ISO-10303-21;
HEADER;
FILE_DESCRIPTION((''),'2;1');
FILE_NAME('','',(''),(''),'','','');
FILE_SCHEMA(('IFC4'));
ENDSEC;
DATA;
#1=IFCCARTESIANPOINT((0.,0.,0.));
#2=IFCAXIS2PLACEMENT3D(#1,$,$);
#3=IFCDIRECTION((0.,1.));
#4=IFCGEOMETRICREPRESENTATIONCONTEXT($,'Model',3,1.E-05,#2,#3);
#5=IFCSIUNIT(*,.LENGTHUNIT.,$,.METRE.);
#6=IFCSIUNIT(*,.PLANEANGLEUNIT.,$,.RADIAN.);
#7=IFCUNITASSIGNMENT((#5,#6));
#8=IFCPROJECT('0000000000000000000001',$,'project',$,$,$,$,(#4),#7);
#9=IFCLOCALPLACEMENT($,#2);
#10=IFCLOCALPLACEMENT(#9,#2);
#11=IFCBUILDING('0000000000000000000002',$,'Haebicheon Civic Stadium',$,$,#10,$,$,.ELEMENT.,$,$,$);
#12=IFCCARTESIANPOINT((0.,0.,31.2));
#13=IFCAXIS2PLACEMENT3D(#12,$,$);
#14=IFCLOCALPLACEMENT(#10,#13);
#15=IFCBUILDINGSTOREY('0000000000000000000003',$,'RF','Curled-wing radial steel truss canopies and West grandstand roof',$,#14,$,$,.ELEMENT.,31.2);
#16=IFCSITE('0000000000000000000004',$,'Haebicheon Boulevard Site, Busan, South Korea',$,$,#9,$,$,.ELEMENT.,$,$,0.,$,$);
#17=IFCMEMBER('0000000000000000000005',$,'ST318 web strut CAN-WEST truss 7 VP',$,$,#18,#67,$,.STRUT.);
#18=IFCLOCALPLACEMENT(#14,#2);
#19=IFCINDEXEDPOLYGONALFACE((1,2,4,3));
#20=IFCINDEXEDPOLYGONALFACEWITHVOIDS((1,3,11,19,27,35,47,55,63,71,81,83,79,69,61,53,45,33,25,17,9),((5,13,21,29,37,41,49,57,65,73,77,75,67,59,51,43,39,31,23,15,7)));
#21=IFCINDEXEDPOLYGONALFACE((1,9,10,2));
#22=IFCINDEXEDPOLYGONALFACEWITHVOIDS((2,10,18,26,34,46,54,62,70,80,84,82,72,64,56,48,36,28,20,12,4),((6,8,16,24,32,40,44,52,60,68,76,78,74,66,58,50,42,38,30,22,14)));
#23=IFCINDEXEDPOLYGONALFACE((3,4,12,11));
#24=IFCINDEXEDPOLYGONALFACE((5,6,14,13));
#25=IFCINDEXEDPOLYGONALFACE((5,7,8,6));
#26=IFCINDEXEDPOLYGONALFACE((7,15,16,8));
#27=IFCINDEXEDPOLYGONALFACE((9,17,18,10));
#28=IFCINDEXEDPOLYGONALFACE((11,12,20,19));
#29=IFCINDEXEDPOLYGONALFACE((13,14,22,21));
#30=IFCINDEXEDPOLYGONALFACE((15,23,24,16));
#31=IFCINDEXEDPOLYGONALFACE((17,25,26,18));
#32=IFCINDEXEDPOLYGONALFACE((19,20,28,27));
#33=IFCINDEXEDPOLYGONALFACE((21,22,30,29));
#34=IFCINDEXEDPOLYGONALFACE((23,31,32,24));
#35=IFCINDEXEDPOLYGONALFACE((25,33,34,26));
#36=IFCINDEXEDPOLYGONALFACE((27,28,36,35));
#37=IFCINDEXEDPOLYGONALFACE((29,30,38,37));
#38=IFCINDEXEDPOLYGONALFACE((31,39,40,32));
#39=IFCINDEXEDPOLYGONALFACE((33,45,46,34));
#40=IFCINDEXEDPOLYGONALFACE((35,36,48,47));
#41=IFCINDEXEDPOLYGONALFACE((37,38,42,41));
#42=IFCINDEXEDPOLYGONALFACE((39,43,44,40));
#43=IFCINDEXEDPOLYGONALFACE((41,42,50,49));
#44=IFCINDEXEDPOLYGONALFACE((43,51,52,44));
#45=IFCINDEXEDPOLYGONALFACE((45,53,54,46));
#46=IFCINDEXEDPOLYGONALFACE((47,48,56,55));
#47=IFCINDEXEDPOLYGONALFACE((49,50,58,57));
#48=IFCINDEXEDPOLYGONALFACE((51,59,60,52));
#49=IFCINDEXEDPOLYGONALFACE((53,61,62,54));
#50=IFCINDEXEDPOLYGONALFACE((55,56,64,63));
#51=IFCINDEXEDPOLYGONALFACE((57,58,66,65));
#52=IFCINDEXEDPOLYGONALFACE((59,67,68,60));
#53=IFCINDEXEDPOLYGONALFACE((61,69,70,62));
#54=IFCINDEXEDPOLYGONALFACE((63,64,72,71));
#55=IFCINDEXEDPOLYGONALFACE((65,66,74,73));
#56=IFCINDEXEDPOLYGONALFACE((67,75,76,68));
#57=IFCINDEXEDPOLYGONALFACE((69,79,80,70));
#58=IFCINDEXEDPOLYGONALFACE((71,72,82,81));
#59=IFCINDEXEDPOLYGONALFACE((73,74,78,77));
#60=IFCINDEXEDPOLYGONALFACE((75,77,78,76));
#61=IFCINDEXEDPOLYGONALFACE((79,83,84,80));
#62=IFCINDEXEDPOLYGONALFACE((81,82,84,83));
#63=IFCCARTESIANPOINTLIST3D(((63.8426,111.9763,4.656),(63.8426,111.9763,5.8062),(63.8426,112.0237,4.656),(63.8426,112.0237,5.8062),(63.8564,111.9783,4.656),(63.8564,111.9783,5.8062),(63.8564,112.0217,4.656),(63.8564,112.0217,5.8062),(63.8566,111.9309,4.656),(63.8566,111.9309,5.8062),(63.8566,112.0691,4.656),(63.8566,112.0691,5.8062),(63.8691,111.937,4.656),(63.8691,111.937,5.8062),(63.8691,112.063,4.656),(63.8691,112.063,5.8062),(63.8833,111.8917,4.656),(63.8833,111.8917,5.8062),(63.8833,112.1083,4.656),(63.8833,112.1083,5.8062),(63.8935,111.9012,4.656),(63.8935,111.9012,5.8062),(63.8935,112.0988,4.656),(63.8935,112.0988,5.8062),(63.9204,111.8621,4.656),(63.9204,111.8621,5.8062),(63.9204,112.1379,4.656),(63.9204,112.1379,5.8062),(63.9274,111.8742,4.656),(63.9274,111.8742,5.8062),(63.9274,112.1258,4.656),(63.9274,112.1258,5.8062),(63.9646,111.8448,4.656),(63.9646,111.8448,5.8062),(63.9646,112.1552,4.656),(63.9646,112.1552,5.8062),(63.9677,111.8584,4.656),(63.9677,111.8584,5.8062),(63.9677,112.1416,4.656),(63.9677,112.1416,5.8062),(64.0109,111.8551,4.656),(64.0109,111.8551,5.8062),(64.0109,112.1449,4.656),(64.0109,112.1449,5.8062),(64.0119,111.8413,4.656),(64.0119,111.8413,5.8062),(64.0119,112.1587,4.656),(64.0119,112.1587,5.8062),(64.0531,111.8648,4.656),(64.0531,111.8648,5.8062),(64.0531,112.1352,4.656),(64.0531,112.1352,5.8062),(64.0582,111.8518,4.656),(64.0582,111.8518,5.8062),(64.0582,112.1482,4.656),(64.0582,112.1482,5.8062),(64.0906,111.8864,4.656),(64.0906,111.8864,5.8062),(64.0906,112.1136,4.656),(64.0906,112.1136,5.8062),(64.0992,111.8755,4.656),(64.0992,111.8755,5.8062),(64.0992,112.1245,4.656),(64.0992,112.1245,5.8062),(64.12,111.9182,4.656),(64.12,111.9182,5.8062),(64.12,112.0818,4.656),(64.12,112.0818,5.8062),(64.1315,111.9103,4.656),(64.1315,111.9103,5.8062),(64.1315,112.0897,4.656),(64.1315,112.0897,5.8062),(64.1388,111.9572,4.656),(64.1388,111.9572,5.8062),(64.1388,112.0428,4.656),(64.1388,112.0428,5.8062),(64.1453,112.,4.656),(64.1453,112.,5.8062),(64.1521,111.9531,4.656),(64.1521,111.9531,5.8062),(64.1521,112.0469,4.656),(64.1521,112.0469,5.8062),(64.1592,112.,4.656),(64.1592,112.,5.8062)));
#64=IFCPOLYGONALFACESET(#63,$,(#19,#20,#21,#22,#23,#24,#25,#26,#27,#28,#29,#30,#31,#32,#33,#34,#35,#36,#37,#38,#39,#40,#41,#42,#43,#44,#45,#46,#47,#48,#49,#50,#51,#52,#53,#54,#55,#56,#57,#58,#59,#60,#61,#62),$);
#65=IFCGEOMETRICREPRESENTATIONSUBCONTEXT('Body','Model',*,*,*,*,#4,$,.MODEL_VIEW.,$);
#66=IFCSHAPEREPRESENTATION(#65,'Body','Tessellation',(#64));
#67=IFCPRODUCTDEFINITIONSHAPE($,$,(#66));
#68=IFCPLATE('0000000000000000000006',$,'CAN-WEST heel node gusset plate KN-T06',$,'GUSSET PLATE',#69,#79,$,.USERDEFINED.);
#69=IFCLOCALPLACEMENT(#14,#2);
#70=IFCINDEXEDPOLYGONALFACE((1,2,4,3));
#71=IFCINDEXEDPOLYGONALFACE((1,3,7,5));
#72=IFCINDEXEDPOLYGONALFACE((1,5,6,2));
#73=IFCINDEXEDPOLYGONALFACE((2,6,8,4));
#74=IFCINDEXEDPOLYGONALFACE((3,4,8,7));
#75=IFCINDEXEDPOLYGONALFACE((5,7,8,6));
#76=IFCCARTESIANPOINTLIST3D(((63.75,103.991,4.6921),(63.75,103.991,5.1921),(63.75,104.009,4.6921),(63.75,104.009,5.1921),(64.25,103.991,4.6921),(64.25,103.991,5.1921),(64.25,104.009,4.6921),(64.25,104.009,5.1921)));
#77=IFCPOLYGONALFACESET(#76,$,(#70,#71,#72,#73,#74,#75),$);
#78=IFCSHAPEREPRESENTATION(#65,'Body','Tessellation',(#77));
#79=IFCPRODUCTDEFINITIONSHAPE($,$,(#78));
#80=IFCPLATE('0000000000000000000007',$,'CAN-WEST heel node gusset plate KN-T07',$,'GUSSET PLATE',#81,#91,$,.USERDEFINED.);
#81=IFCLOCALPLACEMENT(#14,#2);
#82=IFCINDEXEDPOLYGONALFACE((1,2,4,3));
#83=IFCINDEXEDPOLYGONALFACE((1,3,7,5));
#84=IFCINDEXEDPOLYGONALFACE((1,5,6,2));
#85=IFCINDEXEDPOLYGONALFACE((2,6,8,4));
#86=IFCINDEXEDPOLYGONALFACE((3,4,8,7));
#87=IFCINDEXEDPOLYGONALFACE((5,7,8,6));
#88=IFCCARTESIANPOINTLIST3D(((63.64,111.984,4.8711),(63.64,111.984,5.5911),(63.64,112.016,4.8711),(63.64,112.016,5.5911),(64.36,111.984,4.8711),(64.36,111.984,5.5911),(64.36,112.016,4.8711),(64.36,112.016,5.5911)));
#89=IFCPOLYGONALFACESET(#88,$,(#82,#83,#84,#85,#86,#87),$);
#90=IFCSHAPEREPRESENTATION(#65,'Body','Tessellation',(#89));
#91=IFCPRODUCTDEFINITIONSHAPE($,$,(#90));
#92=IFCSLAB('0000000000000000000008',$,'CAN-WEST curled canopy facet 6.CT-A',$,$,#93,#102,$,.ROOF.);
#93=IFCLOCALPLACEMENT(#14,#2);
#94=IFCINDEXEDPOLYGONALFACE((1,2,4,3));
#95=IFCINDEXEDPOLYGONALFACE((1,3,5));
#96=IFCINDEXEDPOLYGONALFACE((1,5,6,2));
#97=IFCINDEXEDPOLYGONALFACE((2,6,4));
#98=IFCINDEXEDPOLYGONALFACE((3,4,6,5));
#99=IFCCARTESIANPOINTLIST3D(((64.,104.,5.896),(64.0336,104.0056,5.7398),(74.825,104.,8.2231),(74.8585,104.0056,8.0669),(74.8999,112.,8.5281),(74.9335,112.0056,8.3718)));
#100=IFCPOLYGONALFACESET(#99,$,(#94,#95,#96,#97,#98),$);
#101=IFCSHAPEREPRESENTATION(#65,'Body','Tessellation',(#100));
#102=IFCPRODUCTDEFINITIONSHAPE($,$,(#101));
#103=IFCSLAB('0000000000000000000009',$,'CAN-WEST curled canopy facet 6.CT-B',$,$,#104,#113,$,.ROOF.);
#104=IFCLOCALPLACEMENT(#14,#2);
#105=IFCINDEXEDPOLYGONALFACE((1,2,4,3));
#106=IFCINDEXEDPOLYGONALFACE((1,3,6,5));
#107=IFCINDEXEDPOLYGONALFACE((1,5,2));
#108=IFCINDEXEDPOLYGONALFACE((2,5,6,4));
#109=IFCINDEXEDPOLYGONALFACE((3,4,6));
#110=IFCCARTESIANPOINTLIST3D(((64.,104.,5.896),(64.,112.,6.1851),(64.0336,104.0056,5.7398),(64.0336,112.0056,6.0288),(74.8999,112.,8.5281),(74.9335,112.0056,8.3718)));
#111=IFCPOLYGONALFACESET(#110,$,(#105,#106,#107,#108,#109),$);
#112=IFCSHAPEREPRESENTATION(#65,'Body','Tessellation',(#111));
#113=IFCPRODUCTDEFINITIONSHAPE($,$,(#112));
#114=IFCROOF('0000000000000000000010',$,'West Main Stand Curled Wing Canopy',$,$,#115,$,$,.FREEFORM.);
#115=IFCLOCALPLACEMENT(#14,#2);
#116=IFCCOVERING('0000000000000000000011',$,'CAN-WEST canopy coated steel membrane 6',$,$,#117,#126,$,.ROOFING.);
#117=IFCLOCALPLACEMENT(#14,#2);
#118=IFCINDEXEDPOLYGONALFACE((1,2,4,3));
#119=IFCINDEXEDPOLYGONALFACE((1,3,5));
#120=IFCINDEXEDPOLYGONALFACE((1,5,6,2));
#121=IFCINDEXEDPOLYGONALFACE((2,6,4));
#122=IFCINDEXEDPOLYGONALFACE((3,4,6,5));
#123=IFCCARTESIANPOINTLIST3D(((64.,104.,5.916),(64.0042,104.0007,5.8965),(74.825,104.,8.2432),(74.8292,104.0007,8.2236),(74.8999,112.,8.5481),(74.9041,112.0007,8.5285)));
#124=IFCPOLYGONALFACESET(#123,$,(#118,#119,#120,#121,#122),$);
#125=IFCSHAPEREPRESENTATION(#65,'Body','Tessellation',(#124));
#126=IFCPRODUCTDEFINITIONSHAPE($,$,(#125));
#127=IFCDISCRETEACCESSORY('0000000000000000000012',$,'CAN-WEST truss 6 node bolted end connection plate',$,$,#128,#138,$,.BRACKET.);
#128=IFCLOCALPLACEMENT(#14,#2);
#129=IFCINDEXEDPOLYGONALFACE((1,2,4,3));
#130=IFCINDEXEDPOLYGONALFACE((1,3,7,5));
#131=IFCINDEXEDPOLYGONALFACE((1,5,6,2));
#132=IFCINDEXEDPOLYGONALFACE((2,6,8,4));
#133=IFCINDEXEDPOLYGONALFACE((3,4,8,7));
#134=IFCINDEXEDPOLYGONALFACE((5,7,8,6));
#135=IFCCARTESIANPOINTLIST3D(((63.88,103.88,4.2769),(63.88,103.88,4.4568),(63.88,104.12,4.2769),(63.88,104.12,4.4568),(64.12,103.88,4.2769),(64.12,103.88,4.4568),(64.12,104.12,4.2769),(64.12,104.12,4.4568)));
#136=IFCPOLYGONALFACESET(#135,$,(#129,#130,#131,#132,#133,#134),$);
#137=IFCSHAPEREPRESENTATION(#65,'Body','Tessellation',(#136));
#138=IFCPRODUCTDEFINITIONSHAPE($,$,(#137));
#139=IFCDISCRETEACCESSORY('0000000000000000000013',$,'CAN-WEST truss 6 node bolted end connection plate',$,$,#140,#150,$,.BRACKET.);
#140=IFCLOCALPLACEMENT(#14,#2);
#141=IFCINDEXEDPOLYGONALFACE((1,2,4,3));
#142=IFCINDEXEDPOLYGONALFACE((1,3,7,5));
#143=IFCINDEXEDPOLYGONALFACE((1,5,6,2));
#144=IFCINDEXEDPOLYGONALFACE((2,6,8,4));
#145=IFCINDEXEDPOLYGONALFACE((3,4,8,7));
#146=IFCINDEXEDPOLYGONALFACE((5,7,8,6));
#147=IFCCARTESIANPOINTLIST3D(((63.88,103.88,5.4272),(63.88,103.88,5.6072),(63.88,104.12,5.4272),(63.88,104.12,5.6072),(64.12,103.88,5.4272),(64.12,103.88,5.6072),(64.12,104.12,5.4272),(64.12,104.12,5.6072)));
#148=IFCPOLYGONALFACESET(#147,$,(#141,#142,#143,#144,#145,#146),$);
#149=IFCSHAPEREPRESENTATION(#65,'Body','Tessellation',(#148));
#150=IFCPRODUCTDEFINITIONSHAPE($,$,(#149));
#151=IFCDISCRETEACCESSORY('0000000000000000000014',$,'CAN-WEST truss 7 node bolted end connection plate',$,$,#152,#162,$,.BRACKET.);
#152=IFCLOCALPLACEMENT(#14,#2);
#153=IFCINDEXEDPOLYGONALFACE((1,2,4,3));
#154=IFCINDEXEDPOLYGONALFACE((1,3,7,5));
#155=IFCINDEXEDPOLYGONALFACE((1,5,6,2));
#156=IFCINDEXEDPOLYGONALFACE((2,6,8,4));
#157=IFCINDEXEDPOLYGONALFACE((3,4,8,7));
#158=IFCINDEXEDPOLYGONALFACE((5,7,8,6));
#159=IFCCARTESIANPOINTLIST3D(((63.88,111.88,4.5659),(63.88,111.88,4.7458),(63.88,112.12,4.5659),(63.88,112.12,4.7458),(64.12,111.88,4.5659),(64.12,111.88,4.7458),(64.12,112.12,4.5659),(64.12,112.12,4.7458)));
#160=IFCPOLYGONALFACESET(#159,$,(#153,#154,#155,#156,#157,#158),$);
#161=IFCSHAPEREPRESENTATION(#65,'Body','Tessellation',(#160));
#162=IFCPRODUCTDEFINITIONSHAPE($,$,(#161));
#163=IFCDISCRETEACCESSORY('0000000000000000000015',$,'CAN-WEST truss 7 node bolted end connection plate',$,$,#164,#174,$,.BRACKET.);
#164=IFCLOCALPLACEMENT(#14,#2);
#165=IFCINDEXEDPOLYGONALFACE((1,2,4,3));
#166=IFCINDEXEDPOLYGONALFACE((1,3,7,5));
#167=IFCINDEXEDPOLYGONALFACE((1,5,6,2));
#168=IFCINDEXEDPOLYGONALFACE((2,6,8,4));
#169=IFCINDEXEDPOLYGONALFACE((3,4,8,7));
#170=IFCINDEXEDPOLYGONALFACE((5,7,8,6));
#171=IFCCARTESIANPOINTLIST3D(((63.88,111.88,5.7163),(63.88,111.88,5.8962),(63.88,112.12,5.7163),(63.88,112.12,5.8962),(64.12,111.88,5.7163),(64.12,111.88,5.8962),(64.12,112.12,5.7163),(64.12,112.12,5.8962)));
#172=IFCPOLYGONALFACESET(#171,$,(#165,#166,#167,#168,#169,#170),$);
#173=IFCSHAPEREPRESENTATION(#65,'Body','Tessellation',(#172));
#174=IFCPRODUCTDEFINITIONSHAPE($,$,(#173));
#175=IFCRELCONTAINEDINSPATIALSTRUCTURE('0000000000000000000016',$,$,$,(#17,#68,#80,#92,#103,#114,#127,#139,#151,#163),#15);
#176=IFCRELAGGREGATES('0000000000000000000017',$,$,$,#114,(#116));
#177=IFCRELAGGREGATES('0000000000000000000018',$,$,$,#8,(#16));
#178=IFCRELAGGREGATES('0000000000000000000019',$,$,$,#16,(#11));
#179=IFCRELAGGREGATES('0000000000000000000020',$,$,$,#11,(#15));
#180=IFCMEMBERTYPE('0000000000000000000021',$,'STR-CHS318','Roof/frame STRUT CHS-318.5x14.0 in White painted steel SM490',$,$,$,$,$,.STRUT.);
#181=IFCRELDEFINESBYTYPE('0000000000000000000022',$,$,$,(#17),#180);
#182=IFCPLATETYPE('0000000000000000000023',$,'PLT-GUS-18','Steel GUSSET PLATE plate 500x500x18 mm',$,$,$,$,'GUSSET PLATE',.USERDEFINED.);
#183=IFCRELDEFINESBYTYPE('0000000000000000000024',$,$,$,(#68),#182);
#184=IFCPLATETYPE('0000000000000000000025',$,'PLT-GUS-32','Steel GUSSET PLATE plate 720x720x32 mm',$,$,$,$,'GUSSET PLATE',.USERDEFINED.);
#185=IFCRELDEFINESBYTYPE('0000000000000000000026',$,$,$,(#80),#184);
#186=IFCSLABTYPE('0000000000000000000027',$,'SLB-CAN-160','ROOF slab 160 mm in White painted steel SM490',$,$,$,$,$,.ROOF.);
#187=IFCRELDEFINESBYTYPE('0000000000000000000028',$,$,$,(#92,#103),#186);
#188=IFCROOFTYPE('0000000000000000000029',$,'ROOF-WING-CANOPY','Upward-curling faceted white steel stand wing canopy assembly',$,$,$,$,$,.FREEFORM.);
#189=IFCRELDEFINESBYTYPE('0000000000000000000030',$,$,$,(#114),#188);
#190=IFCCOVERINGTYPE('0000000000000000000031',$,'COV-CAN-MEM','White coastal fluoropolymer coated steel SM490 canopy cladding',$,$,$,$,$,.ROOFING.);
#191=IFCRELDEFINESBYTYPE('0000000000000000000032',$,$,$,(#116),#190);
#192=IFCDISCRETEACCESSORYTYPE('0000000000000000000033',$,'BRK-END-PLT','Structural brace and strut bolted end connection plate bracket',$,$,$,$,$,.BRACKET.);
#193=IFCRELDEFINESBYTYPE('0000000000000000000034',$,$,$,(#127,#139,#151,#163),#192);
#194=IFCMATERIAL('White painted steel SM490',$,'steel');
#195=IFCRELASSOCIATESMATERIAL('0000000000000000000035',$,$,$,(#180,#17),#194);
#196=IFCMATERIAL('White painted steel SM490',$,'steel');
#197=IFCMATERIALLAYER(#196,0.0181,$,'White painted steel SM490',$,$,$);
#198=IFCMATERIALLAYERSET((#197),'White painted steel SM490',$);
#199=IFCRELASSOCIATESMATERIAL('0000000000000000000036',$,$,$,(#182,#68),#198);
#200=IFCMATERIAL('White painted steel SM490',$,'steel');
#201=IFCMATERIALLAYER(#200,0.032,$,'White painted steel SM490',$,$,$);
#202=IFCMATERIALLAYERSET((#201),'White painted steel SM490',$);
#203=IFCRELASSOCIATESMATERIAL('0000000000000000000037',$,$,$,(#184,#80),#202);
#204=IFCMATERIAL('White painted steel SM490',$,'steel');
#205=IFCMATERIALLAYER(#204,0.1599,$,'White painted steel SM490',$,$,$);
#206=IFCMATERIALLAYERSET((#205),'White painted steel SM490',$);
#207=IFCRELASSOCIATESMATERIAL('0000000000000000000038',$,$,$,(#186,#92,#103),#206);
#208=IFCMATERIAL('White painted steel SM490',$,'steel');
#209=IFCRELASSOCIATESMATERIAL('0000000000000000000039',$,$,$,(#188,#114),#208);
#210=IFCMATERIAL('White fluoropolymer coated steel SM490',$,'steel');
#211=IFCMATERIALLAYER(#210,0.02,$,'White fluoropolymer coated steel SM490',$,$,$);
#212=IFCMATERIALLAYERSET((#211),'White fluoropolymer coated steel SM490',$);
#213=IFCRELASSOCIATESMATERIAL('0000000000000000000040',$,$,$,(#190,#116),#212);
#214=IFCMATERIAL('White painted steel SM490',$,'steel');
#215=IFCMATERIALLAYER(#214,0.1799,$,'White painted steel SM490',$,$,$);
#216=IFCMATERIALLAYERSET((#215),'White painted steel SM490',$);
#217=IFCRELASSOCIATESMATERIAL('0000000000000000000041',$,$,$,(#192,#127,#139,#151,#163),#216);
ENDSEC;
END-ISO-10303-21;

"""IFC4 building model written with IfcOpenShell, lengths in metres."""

from ifc_helpers import new_model, si_unit, direction, frame, origin, origin_2d, place, context, subcontext, project, spatial, polyline, rectangle, hollow_circle, outline, extrude, material, layer, layer_set, material_profile, profile_set, type_object, element, aggregate, save


model = new_model("IFC4")

# Units and contexts
model_context = context("Model", 3, precision=1e-05, world=origin(), true_north=direction((0.0, 1.0)))
body_context = subcontext(model_context, "Body", "Model", "MODEL_VIEW")
ifc_project = project(units=[si_unit("LENGTHUNIT", "METRE"), si_unit("PLANEANGLEUNIT", "RADIAN")], contexts=[model_context])

# Site, building, storey
site_placement = place(None, origin())
site = spatial("IfcSite", under=ifc_project, at=site_placement, Name="Haebicheon Boulevard Site, Busan, South Korea", CompositionType="ELEMENT", RefElevation=0.0)
building_placement = place(site_placement, origin())
building = spatial("IfcBuilding", under=site, at=building_placement, Name="Haebicheon Civic Stadium", CompositionType="ELEMENT")
storey_placement = place(building_placement, frame((0.0, 0.0, 31.2)))
storey = spatial("IfcBuildingStorey", under=building, at=storey_placement, Name="RF", Description="Curled-wing radial steel truss canopies and West grandstand roof", CompositionType="ELEMENT", Elevation=31.2)

# Member
ifc_material_1 = material(Name="White painted steel SM490", Category="steel")
ifc_material_profile_1 = material_profile(ifc_material_1, hollow_circle(Radius=0.1592, WallThickness=0.0139, at=origin_2d()), Name="CHS-318.5x14.0")
ifc_profile_set_1 = profile_set([ifc_material_profile_1], Name="White painted steel SM490")
member_type_1 = type_object("IfcMemberType", Name="STR-CHS318", Description="Roof/frame STRUT CHS-318.5x14.0 in White painted steel SM490", PredefinedType="STRUT", material=ifc_profile_set_1)
for number, where, z_axis, x_axis, name in (
    (1, (64.0, 112.0, 4.656), (0.0, 0.0, 1.0), (1.0, 0.0, 0.0), "ST318 web strut CAN-WEST truss 7 VP"),
):
    element("IfcMember", number, at=place(storey_placement, frame(where, z_axis=z_axis, x_axis=x_axis)), inside=storey, type_object=member_type_1, material=ifc_profile_set_1, Name=name, PredefinedType="STRUT", context=body_context, shape_type="SweptSolid", body=[
        extrude(hollow_circle(Radius=0.1592, WallThickness=0.0139, at=origin_2d()), origin(), (0.0, 0.0, 1.0), 1.1501),
    ])

# Plates
ifc_material_2 = material(Name="White painted steel SM490", Category="steel")
ifc_layer_1 = layer(ifc_material_2, 0.0181, Name="White painted steel SM490")
ifc_layer_set_1 = layer_set([ifc_layer_1], Name="White painted steel SM490")
plate_type_1 = type_object("IfcPlateType", Name="PLT-GUS-18", Description="Steel GUSSET PLATE plate 500x500x18 mm", ElementType="GUSSET PLATE", PredefinedType="USERDEFINED", material=ifc_layer_set_1)
plate_1_placement = place(storey_placement, frame((64.0, 104.0, 4.6921), z_axis=(0.0, 0.0, 1.0), x_axis=(1.0, 0.0, 0.0)))
element("IfcPlate", 2, at=plate_1_placement, inside=storey, type_object=plate_type_1, material=ifc_layer_set_1, Name="CAN-WEST heel node gusset plate KN-T06", ObjectType="GUSSET PLATE", PredefinedType="USERDEFINED", context=body_context, shape_type="SweptSolid", body=[
    extrude(rectangle(XDim=0.5, YDim=0.0181, at=origin_2d()), origin(), (0.0, 0.0, 1.0), 0.5),
])
ifc_material_3 = material(Name="White painted steel SM490", Category="steel")
ifc_layer_2 = layer(ifc_material_3, 0.032, Name="White painted steel SM490")
ifc_layer_set_2 = layer_set([ifc_layer_2], Name="White painted steel SM490")
plate_type_2 = type_object("IfcPlateType", Name="PLT-GUS-32", Description="Steel GUSSET PLATE plate 720x720x32 mm", ElementType="GUSSET PLATE", PredefinedType="USERDEFINED", material=ifc_layer_set_2)
plate_2_placement = place(storey_placement, frame((64.0, 112.0, 4.8711), z_axis=(0.0, 0.0, 1.0), x_axis=(1.0, 0.0, 0.0)))
element("IfcPlate", 3, at=plate_2_placement, inside=storey, type_object=plate_type_2, material=ifc_layer_set_2, Name="CAN-WEST heel node gusset plate KN-T07", ObjectType="GUSSET PLATE", PredefinedType="USERDEFINED", context=body_context, shape_type="SweptSolid", body=[
    extrude(rectangle(XDim=0.72, YDim=0.032, at=origin_2d()), origin(), (0.0, 0.0, 1.0), 0.72),
])

# Slabs
ifc_material_4 = material(Name="White painted steel SM490", Category="steel")
ifc_layer_3 = layer(ifc_material_4, 0.1599, Name="White painted steel SM490")
ifc_layer_set_3 = layer_set([ifc_layer_3], Name="White painted steel SM490")
slab_type = type_object("IfcSlabType", Name="SLB-CAN-160", Description="ROOF slab 160 mm in White painted steel SM490", PredefinedType="ROOF", material=ifc_layer_set_3)
slab_1_placement = place(storey_placement, frame((64.0, 104.0, 5.896), z_axis=(-0.210047, -0.035274, 0.977055), x_axis=(0.977663, 0.0, 0.210178)))
element("IfcSlab", 4, at=slab_1_placement, inside=storey, type_object=slab_type, material=ifc_layer_set_3, Name="CAN-WEST curled canopy facet 6.CT-A", PredefinedType="ROOF", context=body_context, shape_type="SweptSolid", body=[
    extrude(outline(polyline([(0.0, 0.0), (11.0723, 0.0), (11.2096, 8.005), (0.0, 0.0)])), origin(), (0.0, 0.0, -1.0), 0.1599),
])
slab_2_placement = place(storey_placement, frame((64.0, 104.0, 5.896), z_axis=(-0.210026, -0.035304, 0.977058), x_axis=(0.791313, 0.580785, 0.191084)))
element("IfcSlab", 5, at=slab_2_placement, inside=storey, type_object=slab_type, material=ifc_layer_set_3, Name="CAN-WEST curled canopy facet 6.CT-B", PredefinedType="ROOF", context=body_context, shape_type="SweptSolid", body=[
    extrude(outline(polyline([(0.0, 0.0), (13.7745, 0.0), (4.7015, 6.4791), (0.0, 0.0)])), origin(), (0.0, 0.0, -1.0), 0.1599),
])

# Roof, covering
ifc_material_5 = material(Name="White painted steel SM490", Category="steel")
roof_type = type_object("IfcRoofType", Name="ROOF-WING-CANOPY", Description="Upward-curling faceted white steel stand wing canopy assembly", PredefinedType="FREEFORM", material=ifc_material_5)
roof_placement = place(storey_placement, origin())
roof = element("IfcRoof", 6, at=roof_placement, inside=storey, type_object=roof_type, material=ifc_material_5, Name="West Main Stand Curled Wing Canopy", PredefinedType="FREEFORM")
ifc_material_6 = material(Name="White fluoropolymer coated steel SM490", Category="steel")
ifc_layer_4 = layer(ifc_material_6, 0.02, Name="White fluoropolymer coated steel SM490")
ifc_layer_set_4 = layer_set([ifc_layer_4], Name="White fluoropolymer coated steel SM490")
covering_type = type_object("IfcCoveringType", Name="COV-CAN-MEM", Description="White coastal fluoropolymer coated steel SM490 canopy cladding", PredefinedType="ROOFING", material=ifc_layer_set_4)
covering_placement = place(storey_placement, frame((64.0, 104.0, 5.916), z_axis=(-0.210047, -0.035274, 0.977055), x_axis=(0.977663, 0.0, 0.210178)))
covering = element("IfcCovering", 7, at=covering_placement, type_object=covering_type, material=ifc_layer_set_4, Name="CAN-WEST canopy coated steel membrane 6", PredefinedType="ROOFING", context=body_context, shape_type="SweptSolid", body=[
    extrude(outline(polyline([(0.0, 0.0), (11.0723, 0.0), (11.2096, 8.005), (0.0, 0.0)])), origin(), (0.0, 0.0, -1.0), 0.02),
])
aggregate(roof, [covering])

# Discrete accessories
ifc_material_7 = material(Name="White painted steel SM490", Category="steel")
ifc_layer_5 = layer(ifc_material_7, 0.1799, Name="White painted steel SM490")
ifc_layer_set_5 = layer_set([ifc_layer_5], Name="White painted steel SM490")
discrete_accessory_type = type_object("IfcDiscreteAccessoryType", Name="BRK-END-PLT", Description="Structural brace and strut bolted end connection plate bracket", PredefinedType="BRACKET", material=ifc_layer_set_5)
for number, where, z_axis, x_axis, name in (
    (8, (64.0, 104.0, 4.2769), (0.0, 0.0, 1.0), (1.0, 0.0, 0.0), "CAN-WEST truss 6 node bolted end connection plate"),
    (9, (64.0, 104.0, 5.4272), (0.0, 0.0, 1.0), (1.0, 0.0, 0.0), "CAN-WEST truss 6 node bolted end connection plate"),
    (10, (64.0, 112.0, 4.5659), (0.0, 0.0, 1.0), (1.0, 0.0, 0.0), "CAN-WEST truss 7 node bolted end connection plate"),
    (11, (64.0, 112.0, 5.7163), (0.0, 0.0, 1.0), (1.0, 0.0, 0.0), "CAN-WEST truss 7 node bolted end connection plate"),
):
    element("IfcDiscreteAccessory", number, at=place(storey_placement, frame(where, z_axis=z_axis, x_axis=x_axis)), inside=storey, type_object=discrete_accessory_type, material=ifc_layer_set_5, Name=name, PredefinedType="BRACKET", context=body_context, shape_type="SweptSolid", body=[
        extrude(rectangle(XDim=0.24, YDim=0.24, at=origin_2d()), origin(), (0.0, 0.0, 1.0), 0.1799),
    ])

save(model, "model.ifc")
